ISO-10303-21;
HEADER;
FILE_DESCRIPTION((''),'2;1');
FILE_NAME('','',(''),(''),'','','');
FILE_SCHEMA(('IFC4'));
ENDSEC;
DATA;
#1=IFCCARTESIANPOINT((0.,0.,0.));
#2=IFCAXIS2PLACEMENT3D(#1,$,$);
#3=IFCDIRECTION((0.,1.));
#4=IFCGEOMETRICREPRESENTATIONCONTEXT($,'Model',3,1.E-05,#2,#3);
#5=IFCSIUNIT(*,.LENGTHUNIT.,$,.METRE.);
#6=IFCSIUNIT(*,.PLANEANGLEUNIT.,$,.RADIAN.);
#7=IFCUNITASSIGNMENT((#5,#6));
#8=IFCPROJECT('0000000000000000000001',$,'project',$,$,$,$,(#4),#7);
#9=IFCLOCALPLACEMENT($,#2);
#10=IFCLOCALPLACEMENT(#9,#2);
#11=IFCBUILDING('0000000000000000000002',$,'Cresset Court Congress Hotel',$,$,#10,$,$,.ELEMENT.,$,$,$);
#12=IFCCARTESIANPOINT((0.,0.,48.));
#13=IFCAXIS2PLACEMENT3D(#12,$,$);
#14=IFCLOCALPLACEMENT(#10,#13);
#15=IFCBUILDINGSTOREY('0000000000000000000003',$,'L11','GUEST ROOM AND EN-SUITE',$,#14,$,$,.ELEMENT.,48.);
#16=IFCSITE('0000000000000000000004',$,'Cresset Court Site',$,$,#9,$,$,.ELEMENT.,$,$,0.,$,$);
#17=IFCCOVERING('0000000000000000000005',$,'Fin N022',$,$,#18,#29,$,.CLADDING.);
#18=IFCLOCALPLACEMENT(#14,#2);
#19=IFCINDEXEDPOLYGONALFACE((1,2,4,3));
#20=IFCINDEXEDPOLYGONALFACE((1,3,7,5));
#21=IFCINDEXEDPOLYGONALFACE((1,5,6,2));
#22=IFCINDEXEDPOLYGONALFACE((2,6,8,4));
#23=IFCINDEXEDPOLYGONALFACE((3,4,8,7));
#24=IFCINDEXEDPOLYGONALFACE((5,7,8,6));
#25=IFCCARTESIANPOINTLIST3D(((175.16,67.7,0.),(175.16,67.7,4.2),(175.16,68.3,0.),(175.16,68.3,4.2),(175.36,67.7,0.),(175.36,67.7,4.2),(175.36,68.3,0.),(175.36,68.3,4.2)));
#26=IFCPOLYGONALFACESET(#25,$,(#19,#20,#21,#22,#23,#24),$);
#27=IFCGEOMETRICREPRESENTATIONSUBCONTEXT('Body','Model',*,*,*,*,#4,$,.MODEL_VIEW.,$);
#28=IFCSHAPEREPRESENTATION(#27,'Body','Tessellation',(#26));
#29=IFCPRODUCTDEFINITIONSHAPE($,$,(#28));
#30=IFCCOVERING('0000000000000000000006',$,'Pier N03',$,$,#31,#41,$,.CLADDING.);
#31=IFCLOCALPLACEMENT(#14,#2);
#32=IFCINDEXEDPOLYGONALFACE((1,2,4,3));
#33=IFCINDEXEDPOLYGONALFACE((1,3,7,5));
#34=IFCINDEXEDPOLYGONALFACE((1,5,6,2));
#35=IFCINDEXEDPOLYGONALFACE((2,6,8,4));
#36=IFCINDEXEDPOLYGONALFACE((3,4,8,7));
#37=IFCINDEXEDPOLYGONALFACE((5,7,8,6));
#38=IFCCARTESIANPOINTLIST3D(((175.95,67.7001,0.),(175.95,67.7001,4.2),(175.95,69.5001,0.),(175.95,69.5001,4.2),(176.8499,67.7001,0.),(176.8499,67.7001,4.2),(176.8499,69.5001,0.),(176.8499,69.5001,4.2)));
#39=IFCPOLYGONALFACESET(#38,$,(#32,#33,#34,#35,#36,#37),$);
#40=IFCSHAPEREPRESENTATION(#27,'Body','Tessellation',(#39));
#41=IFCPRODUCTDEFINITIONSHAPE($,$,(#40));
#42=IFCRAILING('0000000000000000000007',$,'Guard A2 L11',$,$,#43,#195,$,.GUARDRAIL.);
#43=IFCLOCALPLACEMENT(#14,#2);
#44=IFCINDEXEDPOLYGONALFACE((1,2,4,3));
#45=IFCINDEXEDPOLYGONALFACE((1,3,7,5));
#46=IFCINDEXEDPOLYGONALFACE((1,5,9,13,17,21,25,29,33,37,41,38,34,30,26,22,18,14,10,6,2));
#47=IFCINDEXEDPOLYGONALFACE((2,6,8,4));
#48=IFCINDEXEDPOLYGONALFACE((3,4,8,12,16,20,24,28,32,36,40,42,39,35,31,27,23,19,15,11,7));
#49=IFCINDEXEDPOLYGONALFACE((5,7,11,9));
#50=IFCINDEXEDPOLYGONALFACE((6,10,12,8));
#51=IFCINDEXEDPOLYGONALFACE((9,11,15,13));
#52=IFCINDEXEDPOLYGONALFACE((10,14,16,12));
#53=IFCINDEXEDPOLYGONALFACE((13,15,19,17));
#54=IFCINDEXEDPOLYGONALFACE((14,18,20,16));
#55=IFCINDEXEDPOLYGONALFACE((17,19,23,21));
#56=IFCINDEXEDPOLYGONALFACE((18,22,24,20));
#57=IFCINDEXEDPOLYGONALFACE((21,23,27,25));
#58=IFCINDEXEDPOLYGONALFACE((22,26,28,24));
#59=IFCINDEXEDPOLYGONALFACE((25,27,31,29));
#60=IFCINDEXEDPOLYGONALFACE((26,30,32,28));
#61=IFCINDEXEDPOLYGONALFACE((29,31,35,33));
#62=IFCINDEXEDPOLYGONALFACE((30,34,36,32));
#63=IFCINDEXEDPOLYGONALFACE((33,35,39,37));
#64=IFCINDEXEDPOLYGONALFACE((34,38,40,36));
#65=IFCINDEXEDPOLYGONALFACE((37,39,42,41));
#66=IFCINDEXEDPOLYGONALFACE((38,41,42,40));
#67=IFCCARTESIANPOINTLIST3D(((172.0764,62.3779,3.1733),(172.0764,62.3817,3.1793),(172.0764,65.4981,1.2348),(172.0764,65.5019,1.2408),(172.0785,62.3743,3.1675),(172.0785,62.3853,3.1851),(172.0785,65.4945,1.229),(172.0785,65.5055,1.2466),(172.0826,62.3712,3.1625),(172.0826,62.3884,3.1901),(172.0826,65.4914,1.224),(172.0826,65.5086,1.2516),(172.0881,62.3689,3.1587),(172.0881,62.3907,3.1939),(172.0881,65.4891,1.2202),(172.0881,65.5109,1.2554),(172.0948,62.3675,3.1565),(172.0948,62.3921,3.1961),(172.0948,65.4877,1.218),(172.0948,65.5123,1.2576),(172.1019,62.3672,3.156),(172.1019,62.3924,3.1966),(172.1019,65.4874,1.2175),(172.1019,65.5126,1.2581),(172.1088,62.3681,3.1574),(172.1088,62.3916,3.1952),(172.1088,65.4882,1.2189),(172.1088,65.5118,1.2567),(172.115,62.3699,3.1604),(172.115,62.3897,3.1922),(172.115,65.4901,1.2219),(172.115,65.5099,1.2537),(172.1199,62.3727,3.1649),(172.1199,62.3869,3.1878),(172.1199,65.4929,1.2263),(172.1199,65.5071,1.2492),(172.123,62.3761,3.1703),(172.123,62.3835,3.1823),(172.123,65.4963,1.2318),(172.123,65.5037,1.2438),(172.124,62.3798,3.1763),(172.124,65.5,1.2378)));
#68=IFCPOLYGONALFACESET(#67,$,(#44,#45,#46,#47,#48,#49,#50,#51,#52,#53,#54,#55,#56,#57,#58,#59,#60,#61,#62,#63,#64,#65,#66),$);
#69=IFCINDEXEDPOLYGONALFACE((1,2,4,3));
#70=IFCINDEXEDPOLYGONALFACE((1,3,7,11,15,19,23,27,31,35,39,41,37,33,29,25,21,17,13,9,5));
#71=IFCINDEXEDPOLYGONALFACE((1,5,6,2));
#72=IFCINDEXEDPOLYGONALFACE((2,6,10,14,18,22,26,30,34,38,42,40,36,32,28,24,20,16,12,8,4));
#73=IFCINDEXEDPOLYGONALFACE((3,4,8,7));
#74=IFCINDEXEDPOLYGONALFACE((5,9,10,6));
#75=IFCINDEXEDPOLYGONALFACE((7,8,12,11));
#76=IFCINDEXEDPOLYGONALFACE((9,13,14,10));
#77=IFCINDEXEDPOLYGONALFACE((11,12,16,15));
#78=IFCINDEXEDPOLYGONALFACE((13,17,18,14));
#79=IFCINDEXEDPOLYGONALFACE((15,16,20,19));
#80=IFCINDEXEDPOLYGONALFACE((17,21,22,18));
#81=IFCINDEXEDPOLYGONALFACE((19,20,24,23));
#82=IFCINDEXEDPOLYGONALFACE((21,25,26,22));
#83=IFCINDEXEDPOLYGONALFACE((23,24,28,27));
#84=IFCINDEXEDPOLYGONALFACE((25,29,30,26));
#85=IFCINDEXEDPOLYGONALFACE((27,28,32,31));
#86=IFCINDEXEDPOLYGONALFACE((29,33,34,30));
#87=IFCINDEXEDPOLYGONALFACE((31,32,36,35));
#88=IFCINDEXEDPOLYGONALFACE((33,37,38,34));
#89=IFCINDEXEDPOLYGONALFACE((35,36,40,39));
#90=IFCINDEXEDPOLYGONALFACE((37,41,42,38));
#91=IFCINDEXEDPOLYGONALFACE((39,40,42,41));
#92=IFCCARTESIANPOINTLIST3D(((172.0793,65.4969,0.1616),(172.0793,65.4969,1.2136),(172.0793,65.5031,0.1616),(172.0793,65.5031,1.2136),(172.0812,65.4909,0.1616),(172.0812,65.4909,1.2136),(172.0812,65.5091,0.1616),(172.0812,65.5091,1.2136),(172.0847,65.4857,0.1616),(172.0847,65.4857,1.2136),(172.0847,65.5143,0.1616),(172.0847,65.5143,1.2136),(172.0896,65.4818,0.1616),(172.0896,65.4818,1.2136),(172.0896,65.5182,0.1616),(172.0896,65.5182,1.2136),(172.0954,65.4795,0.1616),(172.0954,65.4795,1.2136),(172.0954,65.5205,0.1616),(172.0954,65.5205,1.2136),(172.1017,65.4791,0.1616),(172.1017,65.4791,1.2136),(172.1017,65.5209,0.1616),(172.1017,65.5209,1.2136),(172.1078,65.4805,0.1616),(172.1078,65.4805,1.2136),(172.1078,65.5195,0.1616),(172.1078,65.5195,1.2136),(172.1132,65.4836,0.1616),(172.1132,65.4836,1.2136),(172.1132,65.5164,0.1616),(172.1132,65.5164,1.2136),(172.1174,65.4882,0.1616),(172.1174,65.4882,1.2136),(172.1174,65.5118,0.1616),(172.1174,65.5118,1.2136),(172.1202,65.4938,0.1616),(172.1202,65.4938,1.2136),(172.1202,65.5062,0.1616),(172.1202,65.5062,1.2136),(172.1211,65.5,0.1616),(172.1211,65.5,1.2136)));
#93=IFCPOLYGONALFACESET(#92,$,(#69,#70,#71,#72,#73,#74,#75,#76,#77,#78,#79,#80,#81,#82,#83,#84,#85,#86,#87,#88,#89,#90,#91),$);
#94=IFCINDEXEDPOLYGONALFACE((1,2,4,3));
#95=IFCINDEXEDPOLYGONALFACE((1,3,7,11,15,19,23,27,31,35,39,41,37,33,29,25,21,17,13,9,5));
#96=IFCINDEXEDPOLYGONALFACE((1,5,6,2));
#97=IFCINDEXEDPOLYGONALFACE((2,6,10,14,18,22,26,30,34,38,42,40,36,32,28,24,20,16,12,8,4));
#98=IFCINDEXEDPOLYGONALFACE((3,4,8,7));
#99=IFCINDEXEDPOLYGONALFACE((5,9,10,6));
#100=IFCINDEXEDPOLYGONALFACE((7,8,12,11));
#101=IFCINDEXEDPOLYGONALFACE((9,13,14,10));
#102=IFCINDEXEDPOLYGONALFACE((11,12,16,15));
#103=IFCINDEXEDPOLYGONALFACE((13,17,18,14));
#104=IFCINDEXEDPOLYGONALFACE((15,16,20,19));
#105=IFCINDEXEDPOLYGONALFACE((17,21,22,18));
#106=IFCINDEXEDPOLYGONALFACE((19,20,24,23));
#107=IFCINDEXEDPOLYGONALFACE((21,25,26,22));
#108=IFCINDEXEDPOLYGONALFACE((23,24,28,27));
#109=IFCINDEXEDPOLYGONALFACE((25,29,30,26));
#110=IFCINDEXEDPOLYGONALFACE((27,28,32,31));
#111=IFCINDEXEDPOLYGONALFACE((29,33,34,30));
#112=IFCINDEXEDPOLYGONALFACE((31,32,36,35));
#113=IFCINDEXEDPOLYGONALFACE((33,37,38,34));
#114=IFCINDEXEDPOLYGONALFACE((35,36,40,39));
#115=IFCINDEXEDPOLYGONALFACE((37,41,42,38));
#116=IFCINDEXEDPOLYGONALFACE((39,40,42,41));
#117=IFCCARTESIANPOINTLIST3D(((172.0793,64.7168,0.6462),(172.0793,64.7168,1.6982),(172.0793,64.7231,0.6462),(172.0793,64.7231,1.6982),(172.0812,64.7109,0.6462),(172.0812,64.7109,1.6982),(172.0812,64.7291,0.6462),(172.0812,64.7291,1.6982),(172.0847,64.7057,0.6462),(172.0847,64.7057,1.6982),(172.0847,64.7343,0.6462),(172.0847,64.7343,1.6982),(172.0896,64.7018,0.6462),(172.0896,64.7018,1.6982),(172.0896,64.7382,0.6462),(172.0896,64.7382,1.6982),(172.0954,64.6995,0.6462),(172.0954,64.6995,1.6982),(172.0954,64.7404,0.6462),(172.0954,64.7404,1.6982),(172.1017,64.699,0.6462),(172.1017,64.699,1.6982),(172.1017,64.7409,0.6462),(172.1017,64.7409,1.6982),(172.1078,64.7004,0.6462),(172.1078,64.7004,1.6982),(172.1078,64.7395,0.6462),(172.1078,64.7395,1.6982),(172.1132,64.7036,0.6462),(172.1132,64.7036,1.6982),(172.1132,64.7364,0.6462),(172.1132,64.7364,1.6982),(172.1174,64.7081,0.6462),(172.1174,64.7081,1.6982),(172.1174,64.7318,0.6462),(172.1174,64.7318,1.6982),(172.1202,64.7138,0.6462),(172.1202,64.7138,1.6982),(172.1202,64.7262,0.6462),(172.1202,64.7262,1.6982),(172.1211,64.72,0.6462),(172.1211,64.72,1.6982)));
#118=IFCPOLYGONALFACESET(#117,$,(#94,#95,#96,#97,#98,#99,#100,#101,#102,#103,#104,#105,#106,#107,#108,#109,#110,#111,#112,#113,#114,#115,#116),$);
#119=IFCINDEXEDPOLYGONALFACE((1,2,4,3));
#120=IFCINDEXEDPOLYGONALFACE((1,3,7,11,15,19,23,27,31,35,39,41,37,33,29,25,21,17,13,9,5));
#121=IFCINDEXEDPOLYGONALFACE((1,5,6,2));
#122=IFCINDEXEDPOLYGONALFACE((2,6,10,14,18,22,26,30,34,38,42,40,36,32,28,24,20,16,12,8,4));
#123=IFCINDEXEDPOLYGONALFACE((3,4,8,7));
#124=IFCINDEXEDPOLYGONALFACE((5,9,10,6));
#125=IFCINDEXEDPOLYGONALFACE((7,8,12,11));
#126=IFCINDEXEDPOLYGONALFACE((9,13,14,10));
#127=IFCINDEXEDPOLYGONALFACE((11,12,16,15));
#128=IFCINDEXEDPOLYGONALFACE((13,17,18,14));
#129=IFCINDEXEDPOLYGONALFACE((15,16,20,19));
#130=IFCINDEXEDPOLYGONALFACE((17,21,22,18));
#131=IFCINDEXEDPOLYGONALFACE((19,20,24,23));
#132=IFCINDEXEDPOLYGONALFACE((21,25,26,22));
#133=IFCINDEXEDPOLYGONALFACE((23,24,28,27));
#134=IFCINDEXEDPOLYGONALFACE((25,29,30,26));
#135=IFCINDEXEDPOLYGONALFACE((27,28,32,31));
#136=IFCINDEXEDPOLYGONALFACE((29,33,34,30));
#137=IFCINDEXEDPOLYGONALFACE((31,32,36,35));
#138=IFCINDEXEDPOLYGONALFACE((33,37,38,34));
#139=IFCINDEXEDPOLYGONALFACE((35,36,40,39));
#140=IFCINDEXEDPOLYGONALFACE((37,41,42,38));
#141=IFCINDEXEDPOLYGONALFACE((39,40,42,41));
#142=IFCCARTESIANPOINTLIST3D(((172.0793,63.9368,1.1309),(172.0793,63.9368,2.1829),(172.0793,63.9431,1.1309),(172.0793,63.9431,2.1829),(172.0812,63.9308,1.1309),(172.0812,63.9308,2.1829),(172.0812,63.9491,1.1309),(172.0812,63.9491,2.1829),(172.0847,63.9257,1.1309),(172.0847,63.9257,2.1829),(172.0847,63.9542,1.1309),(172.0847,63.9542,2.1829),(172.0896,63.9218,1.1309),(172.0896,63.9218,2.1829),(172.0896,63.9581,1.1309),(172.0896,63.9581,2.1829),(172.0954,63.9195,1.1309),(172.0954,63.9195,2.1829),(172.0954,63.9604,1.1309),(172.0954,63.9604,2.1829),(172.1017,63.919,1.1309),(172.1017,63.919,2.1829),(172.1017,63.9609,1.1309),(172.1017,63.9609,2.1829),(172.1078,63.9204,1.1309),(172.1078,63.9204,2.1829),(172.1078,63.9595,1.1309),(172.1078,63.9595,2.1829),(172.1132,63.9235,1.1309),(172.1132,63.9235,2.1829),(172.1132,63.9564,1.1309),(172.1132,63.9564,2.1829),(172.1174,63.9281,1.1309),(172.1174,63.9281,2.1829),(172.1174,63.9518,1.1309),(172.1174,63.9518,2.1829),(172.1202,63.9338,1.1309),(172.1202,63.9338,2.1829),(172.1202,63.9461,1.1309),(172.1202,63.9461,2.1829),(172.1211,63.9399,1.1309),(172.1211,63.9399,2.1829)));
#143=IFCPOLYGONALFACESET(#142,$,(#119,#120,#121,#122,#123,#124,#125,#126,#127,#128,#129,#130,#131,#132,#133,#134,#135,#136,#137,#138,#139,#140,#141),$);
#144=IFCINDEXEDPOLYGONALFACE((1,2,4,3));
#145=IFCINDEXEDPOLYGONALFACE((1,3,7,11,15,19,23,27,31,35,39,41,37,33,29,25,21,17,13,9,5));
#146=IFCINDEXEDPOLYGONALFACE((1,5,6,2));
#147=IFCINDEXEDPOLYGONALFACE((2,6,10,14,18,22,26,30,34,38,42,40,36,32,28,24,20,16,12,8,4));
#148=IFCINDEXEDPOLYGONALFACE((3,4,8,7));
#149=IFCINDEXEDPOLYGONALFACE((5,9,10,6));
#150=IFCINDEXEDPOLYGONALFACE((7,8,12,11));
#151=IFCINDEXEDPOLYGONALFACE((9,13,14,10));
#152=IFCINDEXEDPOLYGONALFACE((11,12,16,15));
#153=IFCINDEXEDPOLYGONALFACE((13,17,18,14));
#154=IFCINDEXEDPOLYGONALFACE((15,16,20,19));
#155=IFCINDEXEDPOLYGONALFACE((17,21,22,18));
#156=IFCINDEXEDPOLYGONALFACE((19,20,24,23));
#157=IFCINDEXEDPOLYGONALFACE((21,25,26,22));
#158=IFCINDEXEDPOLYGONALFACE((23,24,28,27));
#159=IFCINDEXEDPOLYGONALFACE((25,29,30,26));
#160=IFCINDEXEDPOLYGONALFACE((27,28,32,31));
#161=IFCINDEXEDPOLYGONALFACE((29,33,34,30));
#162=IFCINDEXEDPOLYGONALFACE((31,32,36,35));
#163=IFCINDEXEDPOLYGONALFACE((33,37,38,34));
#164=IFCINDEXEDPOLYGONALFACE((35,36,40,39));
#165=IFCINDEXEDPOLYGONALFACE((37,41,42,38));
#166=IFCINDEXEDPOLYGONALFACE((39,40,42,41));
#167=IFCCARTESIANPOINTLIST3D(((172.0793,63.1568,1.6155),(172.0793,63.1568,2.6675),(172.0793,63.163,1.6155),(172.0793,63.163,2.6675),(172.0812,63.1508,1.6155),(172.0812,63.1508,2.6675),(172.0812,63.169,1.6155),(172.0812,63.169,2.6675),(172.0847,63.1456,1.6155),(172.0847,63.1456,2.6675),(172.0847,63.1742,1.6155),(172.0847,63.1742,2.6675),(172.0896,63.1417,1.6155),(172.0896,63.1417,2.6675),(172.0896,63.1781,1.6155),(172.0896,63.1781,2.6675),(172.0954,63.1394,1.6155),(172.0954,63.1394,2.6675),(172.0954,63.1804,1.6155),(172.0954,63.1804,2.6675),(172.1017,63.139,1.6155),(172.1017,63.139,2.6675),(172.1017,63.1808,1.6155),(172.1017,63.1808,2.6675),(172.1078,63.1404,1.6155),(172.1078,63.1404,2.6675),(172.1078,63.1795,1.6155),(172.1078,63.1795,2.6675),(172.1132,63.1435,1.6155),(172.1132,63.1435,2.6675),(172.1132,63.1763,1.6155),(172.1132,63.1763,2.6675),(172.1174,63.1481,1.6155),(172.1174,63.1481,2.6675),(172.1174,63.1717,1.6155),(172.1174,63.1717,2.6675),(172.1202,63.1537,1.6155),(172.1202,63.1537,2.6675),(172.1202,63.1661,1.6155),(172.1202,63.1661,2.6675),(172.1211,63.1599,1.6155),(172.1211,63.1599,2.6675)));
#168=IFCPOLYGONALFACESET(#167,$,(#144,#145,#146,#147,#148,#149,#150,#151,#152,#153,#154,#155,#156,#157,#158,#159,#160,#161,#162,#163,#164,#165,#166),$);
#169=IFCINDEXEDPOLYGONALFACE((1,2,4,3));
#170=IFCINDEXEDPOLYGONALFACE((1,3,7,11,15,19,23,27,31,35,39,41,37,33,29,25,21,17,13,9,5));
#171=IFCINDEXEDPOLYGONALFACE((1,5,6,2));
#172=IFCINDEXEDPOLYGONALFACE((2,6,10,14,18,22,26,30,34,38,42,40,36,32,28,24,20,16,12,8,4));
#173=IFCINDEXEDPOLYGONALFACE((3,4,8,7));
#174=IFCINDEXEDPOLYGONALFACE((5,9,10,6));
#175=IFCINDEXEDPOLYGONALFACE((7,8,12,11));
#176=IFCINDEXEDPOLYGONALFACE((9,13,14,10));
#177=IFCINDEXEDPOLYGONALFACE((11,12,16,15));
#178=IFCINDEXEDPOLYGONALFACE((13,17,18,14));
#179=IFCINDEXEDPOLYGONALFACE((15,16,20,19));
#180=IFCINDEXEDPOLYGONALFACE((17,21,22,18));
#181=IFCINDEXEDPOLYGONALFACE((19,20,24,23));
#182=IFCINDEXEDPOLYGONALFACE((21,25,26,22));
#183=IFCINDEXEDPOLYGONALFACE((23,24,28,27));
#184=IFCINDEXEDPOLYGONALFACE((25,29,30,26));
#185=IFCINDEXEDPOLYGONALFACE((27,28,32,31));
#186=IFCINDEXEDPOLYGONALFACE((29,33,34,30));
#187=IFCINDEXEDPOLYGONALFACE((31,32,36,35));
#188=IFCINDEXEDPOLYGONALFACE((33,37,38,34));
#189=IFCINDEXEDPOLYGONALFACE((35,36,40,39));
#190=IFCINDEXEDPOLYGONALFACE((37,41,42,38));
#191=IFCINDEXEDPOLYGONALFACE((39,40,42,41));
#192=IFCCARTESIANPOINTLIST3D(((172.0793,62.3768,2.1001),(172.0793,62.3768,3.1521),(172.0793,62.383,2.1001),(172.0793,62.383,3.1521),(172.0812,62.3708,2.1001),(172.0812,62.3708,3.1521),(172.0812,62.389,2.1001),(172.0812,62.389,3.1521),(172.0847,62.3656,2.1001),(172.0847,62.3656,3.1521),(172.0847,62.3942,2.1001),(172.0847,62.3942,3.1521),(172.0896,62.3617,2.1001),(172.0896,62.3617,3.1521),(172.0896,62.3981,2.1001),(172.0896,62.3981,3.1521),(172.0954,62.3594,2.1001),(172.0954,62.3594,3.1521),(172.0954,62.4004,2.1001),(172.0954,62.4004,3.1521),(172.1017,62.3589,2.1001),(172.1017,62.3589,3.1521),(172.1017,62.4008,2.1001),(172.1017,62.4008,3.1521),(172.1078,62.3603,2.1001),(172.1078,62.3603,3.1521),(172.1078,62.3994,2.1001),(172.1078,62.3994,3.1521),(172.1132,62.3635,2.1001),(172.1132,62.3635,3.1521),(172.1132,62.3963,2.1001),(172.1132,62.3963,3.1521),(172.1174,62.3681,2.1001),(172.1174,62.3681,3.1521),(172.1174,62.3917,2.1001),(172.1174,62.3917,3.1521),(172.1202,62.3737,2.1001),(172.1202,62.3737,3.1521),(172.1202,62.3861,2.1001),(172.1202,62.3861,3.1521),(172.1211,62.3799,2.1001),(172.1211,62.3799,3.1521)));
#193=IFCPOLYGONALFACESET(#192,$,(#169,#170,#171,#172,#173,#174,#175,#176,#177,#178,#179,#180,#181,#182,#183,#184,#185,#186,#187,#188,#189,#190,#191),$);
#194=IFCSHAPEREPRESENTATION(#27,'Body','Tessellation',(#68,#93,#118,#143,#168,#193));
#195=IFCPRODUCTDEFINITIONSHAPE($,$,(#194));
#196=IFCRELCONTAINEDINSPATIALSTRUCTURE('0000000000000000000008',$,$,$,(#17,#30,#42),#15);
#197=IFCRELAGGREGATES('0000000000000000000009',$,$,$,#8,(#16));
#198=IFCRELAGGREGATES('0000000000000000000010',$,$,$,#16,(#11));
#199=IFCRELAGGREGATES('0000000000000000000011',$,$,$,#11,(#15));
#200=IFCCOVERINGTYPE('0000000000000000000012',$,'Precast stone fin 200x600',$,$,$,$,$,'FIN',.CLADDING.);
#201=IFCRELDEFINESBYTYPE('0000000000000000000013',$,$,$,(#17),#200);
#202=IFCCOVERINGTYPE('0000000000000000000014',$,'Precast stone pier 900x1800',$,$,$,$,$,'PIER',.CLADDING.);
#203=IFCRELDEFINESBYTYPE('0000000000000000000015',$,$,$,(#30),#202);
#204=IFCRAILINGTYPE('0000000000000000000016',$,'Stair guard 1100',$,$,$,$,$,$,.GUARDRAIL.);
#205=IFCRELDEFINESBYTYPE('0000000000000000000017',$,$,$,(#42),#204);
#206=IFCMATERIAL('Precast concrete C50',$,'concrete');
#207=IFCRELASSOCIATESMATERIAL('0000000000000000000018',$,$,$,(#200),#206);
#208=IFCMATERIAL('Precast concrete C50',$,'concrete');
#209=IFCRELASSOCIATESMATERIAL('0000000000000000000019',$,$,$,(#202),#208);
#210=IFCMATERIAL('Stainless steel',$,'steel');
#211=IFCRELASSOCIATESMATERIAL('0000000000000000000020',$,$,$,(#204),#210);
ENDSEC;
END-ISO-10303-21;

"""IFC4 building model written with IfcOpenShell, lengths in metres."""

from ifc_helpers import new_model, si_unit, direction, frame, origin, origin_2d, place, context, subcontext, project, spatial, rectangle, circle, extrude, material, type_object, element, save


model = new_model("IFC4")

# Units and contexts
model_context = context("Model", 3, precision=1e-05, world=origin(), true_north=direction((0.0, 1.0)))
body_context = subcontext(model_context, "Body", "Model", "MODEL_VIEW")
ifc_project = project(units=[si_unit("LENGTHUNIT", "METRE"), si_unit("PLANEANGLEUNIT", "RADIAN")], contexts=[model_context])

# Site, building, storey
site_placement = place(None, origin())
site = spatial("IfcSite", under=ifc_project, at=site_placement, Name="Cresset Court Site", CompositionType="ELEMENT", RefElevation=0.0)
building_placement = place(site_placement, origin())
building = spatial("IfcBuilding", under=site, at=building_placement, Name="Cresset Court Congress Hotel", CompositionType="ELEMENT")
storey_placement = place(building_placement, frame((0.0, 0.0, 48.0)))
storey = spatial("IfcBuildingStorey", under=building, at=storey_placement, Name="L11", Description="GUEST ROOM AND EN-SUITE", CompositionType="ELEMENT", Elevation=48.0)

# Coverings
ifc_material_1 = material(Name="Precast concrete C50", Category="concrete")
covering_type_1 = type_object("IfcCoveringType", Name="Precast stone fin 200x600", ElementType="FIN", PredefinedType="CLADDING", material=ifc_material_1)
for number, where, z_axis, x_axis, name in (
    (1, (175.26, 68.0, 0.0), (0.0, 0.0, 1.0), (1.0, 0.0, 0.0), "Fin N022"),
):
    element("IfcCovering", number, at=place(storey_placement, frame(where, z_axis=z_axis, x_axis=x_axis)), inside=storey, type_object=covering_type_1, Name=name, PredefinedType="CLADDING", context=body_context, shape_type="SweptSolid", body=[
        extrude(rectangle(XDim=0.2, YDim=0.6001, at=origin_2d()), origin(), (0.0, 0.0, 1.0), 4.2),
    ])
ifc_material_2 = material(Name="Precast concrete C50", Category="concrete")
covering_type_2 = type_object("IfcCoveringType", Name="Precast stone pier 900x1800", ElementType="PIER", PredefinedType="CLADDING", material=ifc_material_2)
covering_placement = place(storey_placement, frame((176.3999, 68.6001, 0.0), z_axis=(0.0, 0.0, 1.0), x_axis=(1.0, 0.0, 0.0)))
element("IfcCovering", 2, at=covering_placement, inside=storey, type_object=covering_type_2, Name="Pier N03", PredefinedType="CLADDING", context=body_context, shape_type="SweptSolid", body=[
    extrude(rectangle(XDim=0.8999, YDim=1.8, at=origin_2d()), origin(), (0.0, 0.0, 1.0), 4.2),
])

# Railing
ifc_material_3 = material(Name="Stainless steel", Category="steel")
railing_type_1 = type_object("IfcRailingType", Name="Stair guard 1100", PredefinedType="GUARDRAIL", material=ifc_material_3)
railing_1_placement = place(storey_placement, frame((172.1001, 65.5, 0.1616)))
element("IfcRailing", 3, at=railing_1_placement, inside=storey, type_object=railing_type_1, Name="Guard A2 L11", PredefinedType="GUARDRAIL", context=body_context, shape_type="SweptSolid", body=[
    extrude(circle(Radius=0.0239, at=origin_2d()), frame((0.0, 0.0, 1.0762), z_axis=(0.0, -0.849414, 0.527727), x_axis=(1.0, 0.0, 0.0)), (0.0, 0.0, 1.0), 3.6733),
    extrude(circle(Radius=0.021, at=origin_2d()), origin(), (0.0, 0.0, 1.0), 1.052),
    extrude(circle(Radius=0.021, at=origin_2d()), frame((0.0, -0.78, 0.4846)), (0.0, 0.0, 1.0), 1.052),
    extrude(circle(Radius=0.021, at=origin_2d()), frame((0.0, -1.5601, 0.9692)), (0.0, 0.0, 1.0), 1.052),
    extrude(circle(Radius=0.021, at=origin_2d()), frame((0.0, -2.3401, 1.4539)), (0.0, 0.0, 1.0), 1.052),
    extrude(circle(Radius=0.021, at=origin_2d()), frame((0.0, -3.1201, 1.9385)), (0.0, 0.0, 1.0), 1.052),
])

save(model, "model.ifc")
